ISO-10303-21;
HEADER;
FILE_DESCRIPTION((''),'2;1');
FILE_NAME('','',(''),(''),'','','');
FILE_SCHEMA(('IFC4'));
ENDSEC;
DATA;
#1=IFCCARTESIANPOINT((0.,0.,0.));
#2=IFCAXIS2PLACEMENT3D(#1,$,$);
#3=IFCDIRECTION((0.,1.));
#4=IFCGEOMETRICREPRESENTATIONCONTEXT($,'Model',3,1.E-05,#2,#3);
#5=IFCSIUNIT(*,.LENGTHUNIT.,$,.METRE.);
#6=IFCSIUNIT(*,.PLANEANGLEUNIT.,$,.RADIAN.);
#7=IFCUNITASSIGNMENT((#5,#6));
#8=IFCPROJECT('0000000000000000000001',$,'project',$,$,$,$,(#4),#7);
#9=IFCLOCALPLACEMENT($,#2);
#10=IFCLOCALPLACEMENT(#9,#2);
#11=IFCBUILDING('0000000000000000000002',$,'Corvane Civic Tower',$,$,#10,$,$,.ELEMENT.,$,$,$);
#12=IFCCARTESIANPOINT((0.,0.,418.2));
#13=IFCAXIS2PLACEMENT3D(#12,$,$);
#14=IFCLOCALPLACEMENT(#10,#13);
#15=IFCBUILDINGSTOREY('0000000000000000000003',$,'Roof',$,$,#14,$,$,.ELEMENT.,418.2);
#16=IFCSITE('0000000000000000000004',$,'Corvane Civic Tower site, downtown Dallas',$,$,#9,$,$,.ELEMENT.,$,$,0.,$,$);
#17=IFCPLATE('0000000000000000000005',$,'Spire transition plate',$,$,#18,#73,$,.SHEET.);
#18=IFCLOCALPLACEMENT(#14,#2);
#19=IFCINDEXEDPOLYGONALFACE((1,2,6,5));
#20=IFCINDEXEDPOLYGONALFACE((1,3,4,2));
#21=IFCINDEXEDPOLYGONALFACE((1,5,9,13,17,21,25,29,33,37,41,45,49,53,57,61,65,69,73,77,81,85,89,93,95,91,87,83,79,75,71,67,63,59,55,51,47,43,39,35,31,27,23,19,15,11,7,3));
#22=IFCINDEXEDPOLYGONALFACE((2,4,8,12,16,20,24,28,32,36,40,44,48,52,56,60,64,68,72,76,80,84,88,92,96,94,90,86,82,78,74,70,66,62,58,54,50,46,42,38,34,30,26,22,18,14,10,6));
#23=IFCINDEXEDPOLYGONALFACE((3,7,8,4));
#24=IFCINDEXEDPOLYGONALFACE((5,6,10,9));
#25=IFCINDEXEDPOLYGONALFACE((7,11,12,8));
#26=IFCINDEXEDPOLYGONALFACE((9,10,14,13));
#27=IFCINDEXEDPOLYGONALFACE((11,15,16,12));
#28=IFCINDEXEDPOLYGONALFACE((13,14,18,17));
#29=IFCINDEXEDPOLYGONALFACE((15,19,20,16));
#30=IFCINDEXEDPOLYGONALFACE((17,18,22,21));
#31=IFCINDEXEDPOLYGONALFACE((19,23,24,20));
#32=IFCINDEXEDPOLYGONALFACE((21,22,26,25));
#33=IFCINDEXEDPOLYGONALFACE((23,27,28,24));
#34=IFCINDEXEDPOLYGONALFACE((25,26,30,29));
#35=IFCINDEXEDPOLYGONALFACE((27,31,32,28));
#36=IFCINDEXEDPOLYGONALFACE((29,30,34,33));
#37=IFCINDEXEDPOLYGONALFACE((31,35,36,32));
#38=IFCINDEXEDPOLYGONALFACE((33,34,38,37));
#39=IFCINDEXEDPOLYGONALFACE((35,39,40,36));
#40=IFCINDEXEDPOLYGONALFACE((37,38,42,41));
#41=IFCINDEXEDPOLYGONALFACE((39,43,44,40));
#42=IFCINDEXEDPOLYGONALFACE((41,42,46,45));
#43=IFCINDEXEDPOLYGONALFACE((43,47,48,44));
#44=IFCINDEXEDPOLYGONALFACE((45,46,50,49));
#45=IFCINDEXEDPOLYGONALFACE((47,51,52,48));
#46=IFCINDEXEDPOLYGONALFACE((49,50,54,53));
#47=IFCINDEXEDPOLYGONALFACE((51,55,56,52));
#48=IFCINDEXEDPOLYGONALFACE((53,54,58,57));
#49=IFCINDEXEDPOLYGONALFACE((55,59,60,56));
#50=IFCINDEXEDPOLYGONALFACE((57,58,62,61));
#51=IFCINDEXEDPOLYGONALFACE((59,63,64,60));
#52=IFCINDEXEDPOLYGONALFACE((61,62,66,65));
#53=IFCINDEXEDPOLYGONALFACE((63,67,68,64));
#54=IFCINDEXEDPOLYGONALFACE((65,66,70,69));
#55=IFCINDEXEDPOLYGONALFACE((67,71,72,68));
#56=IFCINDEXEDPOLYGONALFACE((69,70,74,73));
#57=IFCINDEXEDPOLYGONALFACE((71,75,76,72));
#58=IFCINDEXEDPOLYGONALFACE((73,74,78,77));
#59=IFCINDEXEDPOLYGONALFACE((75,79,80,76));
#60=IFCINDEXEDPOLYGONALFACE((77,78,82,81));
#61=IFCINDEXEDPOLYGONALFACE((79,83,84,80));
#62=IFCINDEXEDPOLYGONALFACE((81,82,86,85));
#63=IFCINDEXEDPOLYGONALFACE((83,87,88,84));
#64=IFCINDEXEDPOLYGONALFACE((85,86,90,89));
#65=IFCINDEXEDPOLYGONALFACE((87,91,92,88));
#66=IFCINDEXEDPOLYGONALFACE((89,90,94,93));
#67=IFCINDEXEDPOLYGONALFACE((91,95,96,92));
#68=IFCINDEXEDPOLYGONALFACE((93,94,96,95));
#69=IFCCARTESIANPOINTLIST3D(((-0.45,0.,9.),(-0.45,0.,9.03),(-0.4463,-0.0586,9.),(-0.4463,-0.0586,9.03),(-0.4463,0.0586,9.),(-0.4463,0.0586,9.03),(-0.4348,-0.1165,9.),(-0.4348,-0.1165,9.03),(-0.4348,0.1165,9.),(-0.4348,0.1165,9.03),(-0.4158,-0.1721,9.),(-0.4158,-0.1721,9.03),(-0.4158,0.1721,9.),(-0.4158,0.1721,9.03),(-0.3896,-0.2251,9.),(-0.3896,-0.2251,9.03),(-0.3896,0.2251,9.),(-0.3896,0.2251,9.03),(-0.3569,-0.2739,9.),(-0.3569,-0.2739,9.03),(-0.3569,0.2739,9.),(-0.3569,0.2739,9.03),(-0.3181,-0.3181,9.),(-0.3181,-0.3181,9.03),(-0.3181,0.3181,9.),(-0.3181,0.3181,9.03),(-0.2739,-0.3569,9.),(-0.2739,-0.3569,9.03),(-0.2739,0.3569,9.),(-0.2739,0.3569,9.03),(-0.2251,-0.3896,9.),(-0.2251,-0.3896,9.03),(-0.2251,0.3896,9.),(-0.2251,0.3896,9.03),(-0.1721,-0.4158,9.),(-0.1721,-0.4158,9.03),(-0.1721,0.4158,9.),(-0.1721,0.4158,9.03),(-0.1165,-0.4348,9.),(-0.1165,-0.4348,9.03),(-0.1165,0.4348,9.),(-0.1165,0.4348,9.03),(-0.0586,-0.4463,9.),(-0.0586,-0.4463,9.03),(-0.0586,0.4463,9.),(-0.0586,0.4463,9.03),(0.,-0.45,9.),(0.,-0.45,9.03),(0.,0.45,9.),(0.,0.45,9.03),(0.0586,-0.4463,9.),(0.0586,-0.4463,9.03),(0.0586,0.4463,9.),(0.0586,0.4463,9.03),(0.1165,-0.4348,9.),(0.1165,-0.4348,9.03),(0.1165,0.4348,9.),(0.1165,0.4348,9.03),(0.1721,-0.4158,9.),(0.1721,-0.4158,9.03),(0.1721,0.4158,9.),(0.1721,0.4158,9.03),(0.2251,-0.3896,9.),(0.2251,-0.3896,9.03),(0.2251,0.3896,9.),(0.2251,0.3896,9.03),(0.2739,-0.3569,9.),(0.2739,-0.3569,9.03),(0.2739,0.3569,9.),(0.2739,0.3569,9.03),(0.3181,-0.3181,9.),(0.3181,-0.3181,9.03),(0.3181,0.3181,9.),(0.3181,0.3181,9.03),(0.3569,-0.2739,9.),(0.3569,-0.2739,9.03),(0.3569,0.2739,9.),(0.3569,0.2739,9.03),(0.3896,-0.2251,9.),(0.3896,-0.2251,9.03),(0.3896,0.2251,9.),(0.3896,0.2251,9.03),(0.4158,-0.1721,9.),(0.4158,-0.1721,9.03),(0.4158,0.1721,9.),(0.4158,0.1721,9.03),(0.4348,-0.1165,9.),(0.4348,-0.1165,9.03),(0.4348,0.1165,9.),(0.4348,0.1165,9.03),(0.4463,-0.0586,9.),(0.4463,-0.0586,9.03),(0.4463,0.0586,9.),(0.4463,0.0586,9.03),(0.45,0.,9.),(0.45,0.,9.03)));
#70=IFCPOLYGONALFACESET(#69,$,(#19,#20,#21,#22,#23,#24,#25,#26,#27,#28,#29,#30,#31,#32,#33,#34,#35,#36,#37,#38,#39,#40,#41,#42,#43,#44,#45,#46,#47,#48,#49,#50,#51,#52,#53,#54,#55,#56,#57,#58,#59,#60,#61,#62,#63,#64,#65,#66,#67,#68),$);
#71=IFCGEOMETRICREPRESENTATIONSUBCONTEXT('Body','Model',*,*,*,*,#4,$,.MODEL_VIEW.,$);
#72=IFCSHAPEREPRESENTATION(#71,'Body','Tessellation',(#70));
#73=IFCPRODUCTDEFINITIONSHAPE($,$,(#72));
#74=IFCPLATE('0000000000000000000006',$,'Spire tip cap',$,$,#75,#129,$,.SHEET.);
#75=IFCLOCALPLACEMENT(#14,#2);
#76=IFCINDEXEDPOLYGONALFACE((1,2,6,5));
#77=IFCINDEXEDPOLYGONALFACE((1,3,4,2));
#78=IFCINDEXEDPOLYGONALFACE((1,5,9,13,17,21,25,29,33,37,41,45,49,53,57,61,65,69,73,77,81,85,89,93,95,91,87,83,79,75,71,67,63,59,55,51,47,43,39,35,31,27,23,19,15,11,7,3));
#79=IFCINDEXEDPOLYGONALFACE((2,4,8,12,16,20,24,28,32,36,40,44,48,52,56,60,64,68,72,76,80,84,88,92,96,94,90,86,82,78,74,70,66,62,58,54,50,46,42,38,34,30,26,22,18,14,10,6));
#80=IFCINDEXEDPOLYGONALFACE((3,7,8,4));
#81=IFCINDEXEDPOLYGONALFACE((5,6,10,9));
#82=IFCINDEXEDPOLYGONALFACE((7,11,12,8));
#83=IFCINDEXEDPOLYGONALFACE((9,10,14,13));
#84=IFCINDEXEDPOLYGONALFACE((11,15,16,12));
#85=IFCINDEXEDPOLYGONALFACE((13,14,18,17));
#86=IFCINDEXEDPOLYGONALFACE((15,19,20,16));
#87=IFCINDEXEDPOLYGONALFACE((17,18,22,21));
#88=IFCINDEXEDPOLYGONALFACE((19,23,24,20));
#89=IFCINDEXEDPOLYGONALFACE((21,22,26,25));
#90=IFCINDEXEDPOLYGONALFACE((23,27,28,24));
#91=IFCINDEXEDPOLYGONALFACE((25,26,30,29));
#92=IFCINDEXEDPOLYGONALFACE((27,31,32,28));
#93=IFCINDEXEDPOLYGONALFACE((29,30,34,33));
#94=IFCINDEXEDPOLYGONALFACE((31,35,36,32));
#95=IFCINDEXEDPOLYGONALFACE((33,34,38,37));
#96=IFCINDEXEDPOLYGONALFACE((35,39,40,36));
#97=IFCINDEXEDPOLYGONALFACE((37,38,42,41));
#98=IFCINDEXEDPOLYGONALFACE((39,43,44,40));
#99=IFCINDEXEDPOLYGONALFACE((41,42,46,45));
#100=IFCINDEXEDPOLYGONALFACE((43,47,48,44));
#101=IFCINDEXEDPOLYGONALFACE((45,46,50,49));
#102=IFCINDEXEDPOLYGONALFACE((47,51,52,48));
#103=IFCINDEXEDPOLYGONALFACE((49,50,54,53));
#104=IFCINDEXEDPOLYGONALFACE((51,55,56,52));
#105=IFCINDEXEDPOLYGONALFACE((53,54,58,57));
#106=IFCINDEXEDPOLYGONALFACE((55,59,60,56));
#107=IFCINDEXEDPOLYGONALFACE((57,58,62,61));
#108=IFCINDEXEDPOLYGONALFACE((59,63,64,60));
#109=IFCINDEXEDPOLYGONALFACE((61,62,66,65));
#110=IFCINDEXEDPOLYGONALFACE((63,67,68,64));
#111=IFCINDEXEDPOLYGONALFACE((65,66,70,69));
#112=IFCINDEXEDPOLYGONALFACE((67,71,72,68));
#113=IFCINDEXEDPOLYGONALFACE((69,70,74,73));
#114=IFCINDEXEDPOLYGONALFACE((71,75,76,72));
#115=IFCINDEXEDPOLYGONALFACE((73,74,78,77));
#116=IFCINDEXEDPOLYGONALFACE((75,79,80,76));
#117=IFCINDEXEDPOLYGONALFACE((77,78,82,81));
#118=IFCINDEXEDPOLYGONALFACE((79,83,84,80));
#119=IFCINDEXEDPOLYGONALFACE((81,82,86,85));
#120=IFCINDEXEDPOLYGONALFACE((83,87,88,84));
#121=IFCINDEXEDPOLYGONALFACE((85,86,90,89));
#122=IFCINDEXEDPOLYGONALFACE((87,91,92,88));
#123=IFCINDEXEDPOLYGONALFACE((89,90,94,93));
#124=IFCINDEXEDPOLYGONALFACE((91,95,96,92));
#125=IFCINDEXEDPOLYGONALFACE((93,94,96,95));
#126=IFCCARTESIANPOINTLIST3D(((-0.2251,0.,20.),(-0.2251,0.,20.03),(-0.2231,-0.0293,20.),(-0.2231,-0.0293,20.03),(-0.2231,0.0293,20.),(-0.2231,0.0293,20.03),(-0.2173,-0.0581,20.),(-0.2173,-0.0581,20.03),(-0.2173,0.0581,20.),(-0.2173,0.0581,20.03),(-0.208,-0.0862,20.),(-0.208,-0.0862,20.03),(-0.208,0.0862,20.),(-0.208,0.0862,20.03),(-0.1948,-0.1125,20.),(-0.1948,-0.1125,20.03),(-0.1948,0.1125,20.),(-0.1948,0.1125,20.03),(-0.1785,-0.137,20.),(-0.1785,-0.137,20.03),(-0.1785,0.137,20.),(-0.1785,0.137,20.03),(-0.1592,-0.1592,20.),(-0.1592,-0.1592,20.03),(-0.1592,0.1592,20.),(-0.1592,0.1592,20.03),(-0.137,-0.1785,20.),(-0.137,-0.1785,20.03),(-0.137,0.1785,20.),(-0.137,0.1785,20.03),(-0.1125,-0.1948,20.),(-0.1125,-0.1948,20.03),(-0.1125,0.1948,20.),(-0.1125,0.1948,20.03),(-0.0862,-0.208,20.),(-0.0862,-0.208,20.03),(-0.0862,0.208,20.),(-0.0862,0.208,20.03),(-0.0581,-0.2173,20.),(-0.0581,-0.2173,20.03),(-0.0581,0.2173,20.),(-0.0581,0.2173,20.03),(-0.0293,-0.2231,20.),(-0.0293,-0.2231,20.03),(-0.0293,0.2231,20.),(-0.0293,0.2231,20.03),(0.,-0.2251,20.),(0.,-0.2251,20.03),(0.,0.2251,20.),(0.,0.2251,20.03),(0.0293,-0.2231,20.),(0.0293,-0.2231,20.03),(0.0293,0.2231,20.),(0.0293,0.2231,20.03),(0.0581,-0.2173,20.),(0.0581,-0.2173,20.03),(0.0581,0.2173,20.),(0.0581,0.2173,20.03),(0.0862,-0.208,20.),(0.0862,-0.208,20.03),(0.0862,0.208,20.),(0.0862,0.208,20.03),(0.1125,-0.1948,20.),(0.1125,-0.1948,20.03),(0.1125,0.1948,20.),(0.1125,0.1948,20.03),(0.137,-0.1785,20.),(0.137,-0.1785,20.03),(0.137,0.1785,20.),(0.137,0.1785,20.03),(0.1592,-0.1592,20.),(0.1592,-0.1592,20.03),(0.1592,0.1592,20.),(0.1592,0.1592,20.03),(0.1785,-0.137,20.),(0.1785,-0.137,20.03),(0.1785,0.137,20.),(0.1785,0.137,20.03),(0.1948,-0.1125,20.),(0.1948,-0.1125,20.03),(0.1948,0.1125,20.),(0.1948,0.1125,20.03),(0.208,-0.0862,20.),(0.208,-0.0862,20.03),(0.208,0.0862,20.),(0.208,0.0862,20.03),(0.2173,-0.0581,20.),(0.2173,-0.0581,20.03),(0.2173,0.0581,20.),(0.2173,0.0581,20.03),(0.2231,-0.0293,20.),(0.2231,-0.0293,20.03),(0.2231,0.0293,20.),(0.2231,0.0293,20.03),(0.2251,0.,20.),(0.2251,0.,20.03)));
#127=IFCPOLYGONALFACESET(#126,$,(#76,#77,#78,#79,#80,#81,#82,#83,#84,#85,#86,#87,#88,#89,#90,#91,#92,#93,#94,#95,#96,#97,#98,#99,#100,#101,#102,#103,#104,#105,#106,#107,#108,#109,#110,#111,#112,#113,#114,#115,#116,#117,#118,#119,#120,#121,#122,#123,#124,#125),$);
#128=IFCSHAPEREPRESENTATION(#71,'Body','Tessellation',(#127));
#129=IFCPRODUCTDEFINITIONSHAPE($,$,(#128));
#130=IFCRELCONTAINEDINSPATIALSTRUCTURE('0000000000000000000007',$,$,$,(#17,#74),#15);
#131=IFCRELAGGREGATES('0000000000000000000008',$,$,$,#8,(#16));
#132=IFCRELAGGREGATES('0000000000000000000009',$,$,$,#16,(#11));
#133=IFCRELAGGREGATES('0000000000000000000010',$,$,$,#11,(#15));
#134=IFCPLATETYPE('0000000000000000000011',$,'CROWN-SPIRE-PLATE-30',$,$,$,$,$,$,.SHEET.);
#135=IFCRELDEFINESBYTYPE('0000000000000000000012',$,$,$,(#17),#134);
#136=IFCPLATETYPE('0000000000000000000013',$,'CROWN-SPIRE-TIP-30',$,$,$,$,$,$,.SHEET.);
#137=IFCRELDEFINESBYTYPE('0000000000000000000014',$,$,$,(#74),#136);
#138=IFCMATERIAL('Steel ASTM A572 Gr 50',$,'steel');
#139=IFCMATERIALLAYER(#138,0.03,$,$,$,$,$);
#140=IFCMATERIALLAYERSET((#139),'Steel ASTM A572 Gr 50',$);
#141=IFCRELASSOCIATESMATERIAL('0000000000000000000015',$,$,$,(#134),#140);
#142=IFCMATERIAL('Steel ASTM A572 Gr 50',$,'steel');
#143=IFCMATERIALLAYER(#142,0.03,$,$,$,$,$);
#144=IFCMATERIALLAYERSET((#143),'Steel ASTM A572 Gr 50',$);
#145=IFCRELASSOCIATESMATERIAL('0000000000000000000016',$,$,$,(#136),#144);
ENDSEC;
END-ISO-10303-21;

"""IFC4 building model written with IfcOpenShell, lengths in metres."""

from ifc_helpers import new_model, si_unit, direction, frame, origin, place, context, subcontext, project, spatial, polyline, outline, extrude, material, layer, layer_set, type_object, element, save


model = new_model("IFC4")

# Units and contexts
model_context = context("Model", 3, precision=1e-05, world=origin(), true_north=direction((0.0, 1.0)))
body_context = subcontext(model_context, "Body", "Model", "MODEL_VIEW")
ifc_project = project(units=[si_unit("LENGTHUNIT", "METRE"), si_unit("PLANEANGLEUNIT", "RADIAN")], contexts=[model_context])

# Site, building, storey
site_placement = place(None, origin())
site = spatial("IfcSite", under=ifc_project, at=site_placement, Name="Corvane Civic Tower site, downtown Dallas", CompositionType="ELEMENT", RefElevation=0.0)
building_placement = place(site_placement, origin())
building = spatial("IfcBuilding", under=site, at=building_placement, Name="Corvane Civic Tower", CompositionType="ELEMENT")
storey_placement = place(building_placement, frame((0.0, 0.0, 418.2)))
storey = spatial("IfcBuildingStorey", under=building, at=storey_placement, Name="Roof", CompositionType="ELEMENT", Elevation=418.2)

# Plates
ifc_material_1 = material(Name="Steel ASTM A572 Gr 50", Category="steel")
ifc_layer_1 = layer(ifc_material_1, 0.03)
ifc_layer_set_1 = layer_set([ifc_layer_1], Name="Steel ASTM A572 Gr 50")
plate_type_1 = type_object("IfcPlateType", Name="CROWN-SPIRE-PLATE-30", PredefinedType="SHEET", material=ifc_layer_set_1)
plate_1_placement = place(storey_placement, frame((0.0, 0.0, 9.0)))
element("IfcPlate", 1, at=plate_1_placement, inside=storey, type_object=plate_type_1, Name="Spire transition plate", PredefinedType="SHEET", context=body_context, shape_type="SweptSolid", body=[
    extrude(outline(polyline([(0.45, 0.0), (0.4463, 0.0586), (0.4348, 0.1165), (0.4158, 0.1721), (0.3896, 0.2251), (0.3569, 0.2739), (0.3181, 0.3181), (0.2739, 0.3569), (0.2251, 0.3896), (0.1721, 0.4158), (0.1165, 0.4348), (0.0586, 0.4463), (0.0, 0.45), (-0.0586, 0.4463), (-0.1165, 0.4348), (-0.1721, 0.4158), (-0.2251, 0.3896), (-0.2739, 0.3569), (-0.3181, 0.3181), (-0.3569, 0.2739), (-0.3896, 0.2251), (-0.4158, 0.1721), (-0.4348, 0.1165), (-0.4463, 0.0586), (-0.45, 0.0), (-0.4463, -0.0586), (-0.4348, -0.1165), (-0.4158, -0.1721), (-0.3896, -0.2251), (-0.3569, -0.2739), (-0.3181, -0.3181), (-0.2739, -0.3569), (-0.2251, -0.3896), (-0.1721, -0.4158), (-0.1165, -0.4348), (-0.0586, -0.4463), (0.0, -0.45), (0.0586, -0.4463), (0.1165, -0.4348), (0.1721, -0.4158), (0.2251, -0.3896), (0.2739, -0.3569), (0.3181, -0.3181), (0.3569, -0.2739), (0.3896, -0.2251), (0.4158, -0.1721), (0.4348, -0.1165), (0.4463, -0.0586), (0.45, 0.0)])), origin(), (0.0, 0.0, 1.0), 0.03),
])
ifc_material_2 = material(Name="Steel ASTM A572 Gr 50", Category="steel")
ifc_layer_2 = layer(ifc_material_2, 0.03)
ifc_layer_set_2 = layer_set([ifc_layer_2], Name="Steel ASTM A572 Gr 50")
plate_type_2 = type_object("IfcPlateType", Name="CROWN-SPIRE-TIP-30", PredefinedType="SHEET", material=ifc_layer_set_2)
plate_2_placement = place(storey_placement, frame((0.0, 0.0, 20.0)))
element("IfcPlate", 2, at=plate_2_placement, inside=storey, type_object=plate_type_2, Name="Spire tip cap", PredefinedType="SHEET", context=body_context, shape_type="SweptSolid", body=[
    extrude(outline(polyline([(0.2251, 0.0), (0.2231, 0.0293), (0.2173, 0.0581), (0.208, 0.0862), (0.1948, 0.1125), (0.1785, 0.137), (0.1592, 0.1592), (0.137, 0.1785), (0.1125, 0.1948), (0.0862, 0.208), (0.0581, 0.2173), (0.0293, 0.2231), (0.0, 0.2251), (-0.0293, 0.2231), (-0.0581, 0.2173), (-0.0862, 0.208), (-0.1125, 0.1948), (-0.137, 0.1785), (-0.1592, 0.1592), (-0.1785, 0.137), (-0.1948, 0.1125), (-0.208, 0.0862), (-0.2173, 0.0581), (-0.2231, 0.0293), (-0.2251, 0.0), (-0.2231, -0.0293), (-0.2173, -0.0581), (-0.208, -0.0862), (-0.1948, -0.1125), (-0.1785, -0.137), (-0.1592, -0.1592), (-0.137, -0.1785), (-0.1125, -0.1948), (-0.0862, -0.208), (-0.0581, -0.2173), (-0.0293, -0.2231), (0.0, -0.2251), (0.0293, -0.2231), (0.0581, -0.2173), (0.0862, -0.208), (0.1125, -0.1948), (0.137, -0.1785), (0.1592, -0.1592), (0.1785, -0.137), (0.1948, -0.1125), (0.208, -0.0862), (0.2173, -0.0581), (0.2231, -0.0293), (0.2251, 0.0)])), origin(), (0.0, 0.0, 1.0), 0.03),
])

save(model, "model.ifc")
